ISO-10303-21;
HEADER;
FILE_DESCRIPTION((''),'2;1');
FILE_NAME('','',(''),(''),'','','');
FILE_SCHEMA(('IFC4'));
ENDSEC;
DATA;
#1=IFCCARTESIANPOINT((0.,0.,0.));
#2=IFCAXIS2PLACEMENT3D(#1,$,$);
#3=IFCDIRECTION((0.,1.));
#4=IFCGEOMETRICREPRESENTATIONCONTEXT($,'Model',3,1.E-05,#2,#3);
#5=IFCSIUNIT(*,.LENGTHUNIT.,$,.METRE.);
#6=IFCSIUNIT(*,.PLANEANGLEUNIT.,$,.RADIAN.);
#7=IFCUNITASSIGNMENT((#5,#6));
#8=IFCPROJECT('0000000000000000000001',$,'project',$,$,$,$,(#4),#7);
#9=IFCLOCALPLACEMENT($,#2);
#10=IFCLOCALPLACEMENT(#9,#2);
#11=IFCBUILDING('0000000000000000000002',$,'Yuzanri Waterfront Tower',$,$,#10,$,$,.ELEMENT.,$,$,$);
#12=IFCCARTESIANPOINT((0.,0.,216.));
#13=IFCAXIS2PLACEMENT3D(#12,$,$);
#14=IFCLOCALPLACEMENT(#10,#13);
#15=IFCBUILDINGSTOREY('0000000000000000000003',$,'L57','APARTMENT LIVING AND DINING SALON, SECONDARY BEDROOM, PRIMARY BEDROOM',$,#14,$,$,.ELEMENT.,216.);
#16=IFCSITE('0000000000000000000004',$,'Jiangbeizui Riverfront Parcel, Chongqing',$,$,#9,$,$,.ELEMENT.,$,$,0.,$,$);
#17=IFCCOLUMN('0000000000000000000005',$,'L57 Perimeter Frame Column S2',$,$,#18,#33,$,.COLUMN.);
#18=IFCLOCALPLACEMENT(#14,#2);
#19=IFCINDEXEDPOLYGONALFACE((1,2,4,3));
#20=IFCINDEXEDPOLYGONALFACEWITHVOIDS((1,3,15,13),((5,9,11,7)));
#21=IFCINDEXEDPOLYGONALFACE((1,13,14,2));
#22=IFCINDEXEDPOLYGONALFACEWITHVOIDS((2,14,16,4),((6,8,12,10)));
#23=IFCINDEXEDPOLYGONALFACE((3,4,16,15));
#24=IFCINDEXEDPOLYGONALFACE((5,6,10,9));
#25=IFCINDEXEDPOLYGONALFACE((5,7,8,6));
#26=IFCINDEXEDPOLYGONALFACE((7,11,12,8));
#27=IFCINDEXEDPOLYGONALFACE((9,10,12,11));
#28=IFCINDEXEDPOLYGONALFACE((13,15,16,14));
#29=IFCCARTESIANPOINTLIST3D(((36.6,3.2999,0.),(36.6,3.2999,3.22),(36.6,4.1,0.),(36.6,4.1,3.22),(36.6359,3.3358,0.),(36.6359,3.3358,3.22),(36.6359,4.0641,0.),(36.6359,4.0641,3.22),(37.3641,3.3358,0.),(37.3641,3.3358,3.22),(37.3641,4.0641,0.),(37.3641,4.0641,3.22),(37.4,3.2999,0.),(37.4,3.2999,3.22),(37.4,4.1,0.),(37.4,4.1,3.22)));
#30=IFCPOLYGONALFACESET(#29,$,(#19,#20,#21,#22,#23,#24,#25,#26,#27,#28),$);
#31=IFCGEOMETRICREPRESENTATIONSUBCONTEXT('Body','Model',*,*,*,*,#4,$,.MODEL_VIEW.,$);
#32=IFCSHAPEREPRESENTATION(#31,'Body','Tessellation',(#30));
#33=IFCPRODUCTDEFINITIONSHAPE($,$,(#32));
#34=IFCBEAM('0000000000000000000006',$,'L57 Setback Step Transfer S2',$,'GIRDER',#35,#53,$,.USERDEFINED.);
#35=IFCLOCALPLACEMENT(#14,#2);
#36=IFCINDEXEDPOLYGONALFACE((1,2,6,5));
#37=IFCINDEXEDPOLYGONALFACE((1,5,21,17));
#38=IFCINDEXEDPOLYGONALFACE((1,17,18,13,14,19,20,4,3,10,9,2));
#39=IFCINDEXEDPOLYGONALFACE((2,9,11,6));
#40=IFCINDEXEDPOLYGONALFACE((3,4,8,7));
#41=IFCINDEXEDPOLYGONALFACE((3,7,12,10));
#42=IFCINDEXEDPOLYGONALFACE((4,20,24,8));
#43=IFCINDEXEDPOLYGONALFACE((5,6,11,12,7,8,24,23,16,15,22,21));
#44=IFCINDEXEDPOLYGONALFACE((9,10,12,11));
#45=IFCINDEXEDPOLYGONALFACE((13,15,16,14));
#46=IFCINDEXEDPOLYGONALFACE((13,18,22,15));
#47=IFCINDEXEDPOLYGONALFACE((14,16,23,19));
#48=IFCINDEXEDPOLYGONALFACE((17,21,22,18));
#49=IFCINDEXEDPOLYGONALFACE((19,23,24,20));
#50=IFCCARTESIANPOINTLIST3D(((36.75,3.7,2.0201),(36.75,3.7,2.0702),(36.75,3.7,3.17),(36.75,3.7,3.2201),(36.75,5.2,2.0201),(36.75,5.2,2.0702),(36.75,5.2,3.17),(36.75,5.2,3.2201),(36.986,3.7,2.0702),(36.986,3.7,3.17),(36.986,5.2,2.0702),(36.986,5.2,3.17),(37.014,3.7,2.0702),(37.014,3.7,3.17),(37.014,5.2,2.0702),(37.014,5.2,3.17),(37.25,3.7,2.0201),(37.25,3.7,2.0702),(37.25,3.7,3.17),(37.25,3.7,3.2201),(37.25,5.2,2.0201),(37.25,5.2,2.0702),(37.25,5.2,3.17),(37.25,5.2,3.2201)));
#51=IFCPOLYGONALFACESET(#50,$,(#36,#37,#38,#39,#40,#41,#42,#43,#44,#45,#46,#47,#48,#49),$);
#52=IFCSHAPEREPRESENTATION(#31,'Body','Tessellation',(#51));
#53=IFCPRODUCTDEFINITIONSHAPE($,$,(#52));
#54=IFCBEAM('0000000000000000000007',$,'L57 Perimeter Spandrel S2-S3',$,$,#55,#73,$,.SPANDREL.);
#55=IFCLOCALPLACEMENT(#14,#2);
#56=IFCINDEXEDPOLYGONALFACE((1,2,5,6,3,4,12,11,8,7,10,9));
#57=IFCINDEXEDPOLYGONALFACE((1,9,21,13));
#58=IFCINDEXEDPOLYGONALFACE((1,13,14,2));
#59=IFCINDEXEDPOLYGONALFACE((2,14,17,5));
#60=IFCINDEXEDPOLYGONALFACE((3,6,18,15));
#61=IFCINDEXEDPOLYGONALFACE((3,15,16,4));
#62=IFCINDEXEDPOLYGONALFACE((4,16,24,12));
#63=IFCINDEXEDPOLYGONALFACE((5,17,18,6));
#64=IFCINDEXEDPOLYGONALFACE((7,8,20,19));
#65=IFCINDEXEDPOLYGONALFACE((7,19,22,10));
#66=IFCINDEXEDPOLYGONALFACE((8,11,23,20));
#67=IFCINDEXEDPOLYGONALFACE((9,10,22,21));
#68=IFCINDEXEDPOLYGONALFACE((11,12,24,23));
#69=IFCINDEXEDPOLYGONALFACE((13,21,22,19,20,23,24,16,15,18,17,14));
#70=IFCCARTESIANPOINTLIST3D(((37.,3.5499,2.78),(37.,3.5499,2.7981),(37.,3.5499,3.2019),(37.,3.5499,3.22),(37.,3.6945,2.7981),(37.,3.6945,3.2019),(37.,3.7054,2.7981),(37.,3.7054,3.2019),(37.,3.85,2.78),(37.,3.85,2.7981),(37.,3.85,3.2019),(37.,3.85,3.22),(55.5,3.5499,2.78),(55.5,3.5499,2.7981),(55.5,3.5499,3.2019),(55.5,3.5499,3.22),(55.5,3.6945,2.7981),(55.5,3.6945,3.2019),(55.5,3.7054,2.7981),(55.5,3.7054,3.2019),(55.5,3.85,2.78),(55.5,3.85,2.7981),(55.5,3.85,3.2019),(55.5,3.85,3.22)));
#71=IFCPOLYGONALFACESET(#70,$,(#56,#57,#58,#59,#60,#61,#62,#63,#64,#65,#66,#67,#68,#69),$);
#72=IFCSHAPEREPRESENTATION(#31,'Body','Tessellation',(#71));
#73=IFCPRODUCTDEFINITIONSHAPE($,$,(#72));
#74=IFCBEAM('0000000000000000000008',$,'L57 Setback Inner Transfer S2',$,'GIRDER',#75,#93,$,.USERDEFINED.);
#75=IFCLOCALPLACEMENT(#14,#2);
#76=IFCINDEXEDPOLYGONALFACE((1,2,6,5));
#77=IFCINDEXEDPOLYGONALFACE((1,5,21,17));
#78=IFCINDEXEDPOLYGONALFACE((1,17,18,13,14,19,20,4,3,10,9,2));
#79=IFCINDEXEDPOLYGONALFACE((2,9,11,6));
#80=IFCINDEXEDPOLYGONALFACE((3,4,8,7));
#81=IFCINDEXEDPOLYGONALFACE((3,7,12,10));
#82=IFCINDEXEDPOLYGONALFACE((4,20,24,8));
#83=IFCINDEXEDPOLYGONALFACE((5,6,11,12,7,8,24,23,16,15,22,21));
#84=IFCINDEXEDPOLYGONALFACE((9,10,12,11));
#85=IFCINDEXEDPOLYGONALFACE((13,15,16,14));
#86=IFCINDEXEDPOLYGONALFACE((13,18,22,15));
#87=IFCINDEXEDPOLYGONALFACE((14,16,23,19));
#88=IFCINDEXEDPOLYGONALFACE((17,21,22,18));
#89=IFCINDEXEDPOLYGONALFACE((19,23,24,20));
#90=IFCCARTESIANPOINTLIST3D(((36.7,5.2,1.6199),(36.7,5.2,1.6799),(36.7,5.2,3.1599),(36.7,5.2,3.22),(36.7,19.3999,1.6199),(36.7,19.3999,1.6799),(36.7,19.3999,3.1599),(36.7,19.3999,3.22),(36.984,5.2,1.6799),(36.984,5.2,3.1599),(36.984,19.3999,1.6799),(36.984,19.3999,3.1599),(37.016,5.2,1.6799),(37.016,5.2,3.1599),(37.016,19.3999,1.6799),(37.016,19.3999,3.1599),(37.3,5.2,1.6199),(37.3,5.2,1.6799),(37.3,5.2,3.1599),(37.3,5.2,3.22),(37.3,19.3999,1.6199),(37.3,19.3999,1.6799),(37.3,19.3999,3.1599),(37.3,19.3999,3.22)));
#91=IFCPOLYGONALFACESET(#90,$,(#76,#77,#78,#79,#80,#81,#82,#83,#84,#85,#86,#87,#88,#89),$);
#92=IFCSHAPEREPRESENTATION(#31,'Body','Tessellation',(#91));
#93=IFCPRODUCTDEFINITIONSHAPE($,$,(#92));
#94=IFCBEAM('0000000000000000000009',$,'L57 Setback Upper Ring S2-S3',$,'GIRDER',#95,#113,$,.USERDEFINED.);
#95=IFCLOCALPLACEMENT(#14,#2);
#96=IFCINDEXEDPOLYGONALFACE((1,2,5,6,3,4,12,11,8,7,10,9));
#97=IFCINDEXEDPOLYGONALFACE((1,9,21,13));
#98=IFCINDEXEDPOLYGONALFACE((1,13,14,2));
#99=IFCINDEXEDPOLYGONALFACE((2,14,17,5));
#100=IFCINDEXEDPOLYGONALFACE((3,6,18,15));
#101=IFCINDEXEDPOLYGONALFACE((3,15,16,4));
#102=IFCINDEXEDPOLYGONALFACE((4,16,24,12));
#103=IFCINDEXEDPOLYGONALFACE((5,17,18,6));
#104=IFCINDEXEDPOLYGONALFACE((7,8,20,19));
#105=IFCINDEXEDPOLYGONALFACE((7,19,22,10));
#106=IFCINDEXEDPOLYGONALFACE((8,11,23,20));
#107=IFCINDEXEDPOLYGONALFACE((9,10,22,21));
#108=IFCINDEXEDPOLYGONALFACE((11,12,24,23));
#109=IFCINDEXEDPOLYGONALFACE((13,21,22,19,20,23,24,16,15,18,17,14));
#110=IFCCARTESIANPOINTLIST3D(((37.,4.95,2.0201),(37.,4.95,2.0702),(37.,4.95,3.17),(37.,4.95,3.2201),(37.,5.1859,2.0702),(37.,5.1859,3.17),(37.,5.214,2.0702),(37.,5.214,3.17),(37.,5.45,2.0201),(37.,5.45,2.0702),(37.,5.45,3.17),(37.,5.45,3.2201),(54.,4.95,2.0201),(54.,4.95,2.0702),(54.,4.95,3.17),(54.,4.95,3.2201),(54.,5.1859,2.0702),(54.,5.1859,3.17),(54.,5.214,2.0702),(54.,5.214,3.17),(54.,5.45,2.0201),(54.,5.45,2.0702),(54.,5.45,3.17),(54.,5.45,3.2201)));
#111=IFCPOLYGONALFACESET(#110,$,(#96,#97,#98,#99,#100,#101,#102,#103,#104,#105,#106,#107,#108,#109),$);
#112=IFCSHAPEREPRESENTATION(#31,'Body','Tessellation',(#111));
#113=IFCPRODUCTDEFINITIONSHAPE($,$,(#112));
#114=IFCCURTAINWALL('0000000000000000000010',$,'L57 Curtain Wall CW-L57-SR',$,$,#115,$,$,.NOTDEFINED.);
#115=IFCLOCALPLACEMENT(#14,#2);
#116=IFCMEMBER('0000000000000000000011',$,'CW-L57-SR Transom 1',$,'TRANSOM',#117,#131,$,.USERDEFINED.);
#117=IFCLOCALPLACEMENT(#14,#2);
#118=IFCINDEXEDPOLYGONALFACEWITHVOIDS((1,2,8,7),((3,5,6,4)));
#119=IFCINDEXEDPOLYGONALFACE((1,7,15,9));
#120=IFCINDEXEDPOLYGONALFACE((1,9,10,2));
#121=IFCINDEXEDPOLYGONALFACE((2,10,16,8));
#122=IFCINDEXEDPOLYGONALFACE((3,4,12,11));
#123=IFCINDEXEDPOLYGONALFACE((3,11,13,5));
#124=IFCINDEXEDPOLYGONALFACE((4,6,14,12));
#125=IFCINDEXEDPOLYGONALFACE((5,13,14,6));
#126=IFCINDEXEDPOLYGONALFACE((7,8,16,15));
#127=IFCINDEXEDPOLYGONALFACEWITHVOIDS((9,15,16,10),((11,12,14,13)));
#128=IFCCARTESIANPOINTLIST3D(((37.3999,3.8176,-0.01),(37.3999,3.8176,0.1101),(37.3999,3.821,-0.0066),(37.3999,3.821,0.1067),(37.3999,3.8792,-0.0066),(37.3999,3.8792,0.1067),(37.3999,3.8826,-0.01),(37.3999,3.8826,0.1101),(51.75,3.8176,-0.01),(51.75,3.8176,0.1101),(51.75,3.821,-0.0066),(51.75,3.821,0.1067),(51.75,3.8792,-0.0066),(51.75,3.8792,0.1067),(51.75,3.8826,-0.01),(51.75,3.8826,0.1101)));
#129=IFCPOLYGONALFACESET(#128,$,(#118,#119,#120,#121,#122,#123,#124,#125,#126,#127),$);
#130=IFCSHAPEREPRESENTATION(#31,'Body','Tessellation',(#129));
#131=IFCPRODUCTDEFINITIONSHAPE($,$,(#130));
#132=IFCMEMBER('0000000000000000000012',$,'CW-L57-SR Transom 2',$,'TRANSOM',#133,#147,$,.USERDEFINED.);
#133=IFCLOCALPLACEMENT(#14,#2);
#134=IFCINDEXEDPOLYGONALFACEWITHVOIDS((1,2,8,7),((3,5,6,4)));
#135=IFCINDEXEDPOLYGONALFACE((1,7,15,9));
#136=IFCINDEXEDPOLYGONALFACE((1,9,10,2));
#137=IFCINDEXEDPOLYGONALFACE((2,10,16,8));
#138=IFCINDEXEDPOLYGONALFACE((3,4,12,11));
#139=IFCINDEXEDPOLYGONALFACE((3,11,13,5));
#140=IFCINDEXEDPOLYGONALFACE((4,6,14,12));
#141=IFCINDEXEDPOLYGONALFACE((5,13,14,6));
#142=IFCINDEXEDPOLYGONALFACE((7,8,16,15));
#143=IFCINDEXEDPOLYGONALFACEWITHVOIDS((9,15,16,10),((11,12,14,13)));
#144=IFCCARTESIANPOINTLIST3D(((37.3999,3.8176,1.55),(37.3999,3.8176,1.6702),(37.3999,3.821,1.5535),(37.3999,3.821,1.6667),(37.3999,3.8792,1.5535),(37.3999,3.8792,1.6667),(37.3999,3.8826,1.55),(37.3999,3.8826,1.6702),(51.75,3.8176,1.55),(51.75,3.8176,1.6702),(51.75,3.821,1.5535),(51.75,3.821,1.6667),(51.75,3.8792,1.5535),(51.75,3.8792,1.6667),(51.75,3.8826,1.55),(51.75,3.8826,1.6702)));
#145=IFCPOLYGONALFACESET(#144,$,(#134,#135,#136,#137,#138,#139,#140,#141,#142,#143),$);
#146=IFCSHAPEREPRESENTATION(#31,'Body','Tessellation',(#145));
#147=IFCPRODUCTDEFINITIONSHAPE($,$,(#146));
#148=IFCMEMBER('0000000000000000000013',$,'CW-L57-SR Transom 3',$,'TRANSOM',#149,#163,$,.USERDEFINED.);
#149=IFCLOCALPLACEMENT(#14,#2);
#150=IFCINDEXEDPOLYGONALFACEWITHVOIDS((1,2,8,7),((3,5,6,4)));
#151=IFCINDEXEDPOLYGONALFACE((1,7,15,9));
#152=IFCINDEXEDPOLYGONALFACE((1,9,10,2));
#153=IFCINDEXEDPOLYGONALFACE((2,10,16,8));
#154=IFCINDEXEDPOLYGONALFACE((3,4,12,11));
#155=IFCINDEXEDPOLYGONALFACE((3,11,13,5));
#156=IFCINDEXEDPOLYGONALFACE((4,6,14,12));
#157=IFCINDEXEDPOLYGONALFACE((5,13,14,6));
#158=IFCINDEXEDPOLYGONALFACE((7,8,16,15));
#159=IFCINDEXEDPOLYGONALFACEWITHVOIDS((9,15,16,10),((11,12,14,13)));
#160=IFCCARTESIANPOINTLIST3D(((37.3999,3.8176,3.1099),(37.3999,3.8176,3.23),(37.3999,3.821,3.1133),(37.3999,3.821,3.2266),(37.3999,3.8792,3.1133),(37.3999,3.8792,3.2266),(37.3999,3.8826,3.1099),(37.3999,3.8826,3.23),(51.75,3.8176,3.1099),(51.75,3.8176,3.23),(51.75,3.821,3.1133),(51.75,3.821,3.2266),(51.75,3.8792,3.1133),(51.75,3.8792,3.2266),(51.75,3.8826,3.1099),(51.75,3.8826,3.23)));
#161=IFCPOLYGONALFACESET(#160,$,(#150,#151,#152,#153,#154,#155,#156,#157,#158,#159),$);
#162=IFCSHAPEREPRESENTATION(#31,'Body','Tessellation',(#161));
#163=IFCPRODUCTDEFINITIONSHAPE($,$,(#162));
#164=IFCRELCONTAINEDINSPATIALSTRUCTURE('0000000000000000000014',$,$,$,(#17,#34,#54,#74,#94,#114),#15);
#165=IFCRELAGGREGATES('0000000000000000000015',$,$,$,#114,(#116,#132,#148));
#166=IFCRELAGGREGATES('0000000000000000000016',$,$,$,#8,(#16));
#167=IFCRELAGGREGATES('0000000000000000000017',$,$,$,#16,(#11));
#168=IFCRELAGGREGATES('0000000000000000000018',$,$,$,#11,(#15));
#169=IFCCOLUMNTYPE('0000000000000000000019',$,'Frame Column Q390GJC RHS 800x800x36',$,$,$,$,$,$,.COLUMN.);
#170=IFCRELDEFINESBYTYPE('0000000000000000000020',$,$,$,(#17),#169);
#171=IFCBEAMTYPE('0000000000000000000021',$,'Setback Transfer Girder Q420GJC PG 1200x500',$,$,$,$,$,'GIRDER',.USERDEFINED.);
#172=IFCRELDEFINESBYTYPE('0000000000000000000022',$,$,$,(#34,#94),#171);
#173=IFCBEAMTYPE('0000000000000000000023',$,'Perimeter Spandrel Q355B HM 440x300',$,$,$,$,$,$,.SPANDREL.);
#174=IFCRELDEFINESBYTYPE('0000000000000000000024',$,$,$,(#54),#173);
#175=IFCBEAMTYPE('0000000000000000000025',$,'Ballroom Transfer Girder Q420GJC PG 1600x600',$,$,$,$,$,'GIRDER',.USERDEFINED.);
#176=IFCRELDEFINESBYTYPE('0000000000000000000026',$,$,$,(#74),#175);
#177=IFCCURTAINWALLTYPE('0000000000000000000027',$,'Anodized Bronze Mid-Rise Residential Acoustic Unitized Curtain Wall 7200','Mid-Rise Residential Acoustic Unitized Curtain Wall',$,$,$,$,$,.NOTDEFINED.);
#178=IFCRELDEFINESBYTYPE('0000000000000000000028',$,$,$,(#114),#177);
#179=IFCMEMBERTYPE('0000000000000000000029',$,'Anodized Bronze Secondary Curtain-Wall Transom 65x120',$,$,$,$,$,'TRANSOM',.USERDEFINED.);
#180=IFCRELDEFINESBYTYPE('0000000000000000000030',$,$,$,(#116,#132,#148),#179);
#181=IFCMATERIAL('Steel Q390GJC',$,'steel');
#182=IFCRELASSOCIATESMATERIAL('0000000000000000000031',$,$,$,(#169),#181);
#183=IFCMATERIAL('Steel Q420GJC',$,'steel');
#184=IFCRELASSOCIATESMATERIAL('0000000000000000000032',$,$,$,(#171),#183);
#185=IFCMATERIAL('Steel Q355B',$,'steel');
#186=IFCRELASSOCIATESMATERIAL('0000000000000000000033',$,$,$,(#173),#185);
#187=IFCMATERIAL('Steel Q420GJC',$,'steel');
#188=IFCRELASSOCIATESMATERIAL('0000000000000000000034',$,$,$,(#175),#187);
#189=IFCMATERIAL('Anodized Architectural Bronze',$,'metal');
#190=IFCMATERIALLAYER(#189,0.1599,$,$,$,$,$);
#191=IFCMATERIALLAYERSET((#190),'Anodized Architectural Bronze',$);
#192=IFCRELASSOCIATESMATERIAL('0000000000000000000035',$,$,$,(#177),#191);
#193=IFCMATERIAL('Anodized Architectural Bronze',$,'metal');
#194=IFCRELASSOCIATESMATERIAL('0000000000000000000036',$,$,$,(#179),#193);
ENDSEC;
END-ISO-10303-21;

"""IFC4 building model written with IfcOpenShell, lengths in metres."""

from ifc_helpers import new_model, si_unit, direction, frame, origin, origin_2d, place, context, subcontext, project, spatial, hollow_rectangle, i_section, extrude, source, transform, mapped, material, layer, layer_set, material_profile, profile_set, type_object, element, aggregate, save


model = new_model("IFC4")

# Units and contexts
model_context = context("Model", 3, precision=1e-05, world=origin(), true_north=direction((0.0, 1.0)))
body_context = subcontext(model_context, "Body", "Model", "MODEL_VIEW")
ifc_project = project(units=[si_unit("LENGTHUNIT", "METRE"), si_unit("PLANEANGLEUNIT", "RADIAN")], contexts=[model_context])

# Site, building, storey
site_placement = place(None, origin())
site = spatial("IfcSite", under=ifc_project, at=site_placement, Name="Jiangbeizui Riverfront Parcel, Chongqing", CompositionType="ELEMENT", RefElevation=0.0)
building_placement = place(site_placement, origin())
building = spatial("IfcBuilding", under=site, at=building_placement, Name="Yuzanri Waterfront Tower", CompositionType="ELEMENT")
storey_placement = place(building_placement, frame((0.0, 0.0, 216.0)))
storey = spatial("IfcBuildingStorey", under=building, at=storey_placement, Name="L57", Description="APARTMENT LIVING AND DINING SALON, SECONDARY BEDROOM, PRIMARY BEDROOM", CompositionType="ELEMENT", Elevation=216.0)

# Column
ifc_material_1 = material(Name="Steel Q390GJC", Category="steel")
ifc_material_profile_1 = material_profile(ifc_material_1, hollow_rectangle(XDim=0.8, YDim=0.8, WallThickness=0.0359, at=origin_2d()), Name="RHS 800x800x36")
ifc_profile_set_1 = profile_set([ifc_material_profile_1], Name="Steel Q390GJC")
column_type = type_object("IfcColumnType", Name="Frame Column Q390GJC RHS 800x800x36", PredefinedType="COLUMN", material=ifc_profile_set_1)
shared_shape_1 = source(origin(), body_context, "Body", "SweptSolid", [
    extrude(hollow_rectangle(XDim=0.8, YDim=0.8, WallThickness=0.0359, at=origin_2d()), origin(), (0.0, 0.0, 1.0), 3.22),
])
column_placement = place(storey_placement, frame((37.0, 3.7, 0.0), z_axis=(0.0, 0.0, 1.0), x_axis=(1.0, 0.0, 0.0)))
element("IfcColumn", 1, at=column_placement, inside=storey, type_object=column_type, Name="L57 Perimeter Frame Column S2", PredefinedType="COLUMN", context=body_context, shape_type="MappedRepresentation", body=[
    mapped(shared_shape_1, transform((0.0, 0.0, 0.0), scale=1.0)),
])

# Beams
ifc_material_2 = material(Name="Steel Q420GJC", Category="steel")
ifc_material_profile_2 = material_profile(ifc_material_2, i_section(OverallWidth=0.5, OverallDepth=1.2, WebThickness=0.0281, FlangeThickness=0.05, at=origin_2d()), Name="PG 1200x500x28x50")
ifc_profile_set_2 = profile_set([ifc_material_profile_2], Name="Steel Q420GJC")
beam_type_1 = type_object("IfcBeamType", Name="Setback Transfer Girder Q420GJC PG 1200x500", ElementType="GIRDER", PredefinedType="USERDEFINED", material=ifc_profile_set_2)
shared_shape_2 = source(origin(), body_context, "Body", "SweptSolid", [
    extrude(i_section(OverallWidth=0.5, OverallDepth=1.2, WebThickness=0.0281, FlangeThickness=0.05, at=origin_2d()), origin(), (0.0, 0.0, 1.0), 1.5),
])
beam_1_placement = place(storey_placement, frame((37.0, 5.2, 2.6201), z_axis=(0.0, -1.0, 0.0), x_axis=(1.0, 0.0, 0.0)))
element("IfcBeam", 2, at=beam_1_placement, inside=storey, type_object=beam_type_1, Name="L57 Setback Step Transfer S2", ObjectType="GIRDER", PredefinedType="USERDEFINED", context=body_context, shape_type="MappedRepresentation", body=[
    mapped(shared_shape_2, transform((0.0, 0.0, 0.0), scale=1.0)),
])
ifc_material_3 = material(Name="Steel Q355B", Category="steel")
ifc_material_profile_3 = material_profile(ifc_material_3, i_section(OverallWidth=0.3, OverallDepth=0.4399, WebThickness=0.011, FlangeThickness=0.0181, at=origin_2d()), Name="HM 440x300x11x18")
ifc_profile_set_3 = profile_set([ifc_material_profile_3], Name="Steel Q355B")
beam_type_2 = type_object("IfcBeamType", Name="Perimeter Spandrel Q355B HM 440x300", PredefinedType="SPANDREL", material=ifc_profile_set_3)
shared_shape_3 = source(origin(), body_context, "Body", "SweptSolid", [
    extrude(i_section(OverallWidth=0.3, OverallDepth=0.4399, WebThickness=0.011, FlangeThickness=0.0181, at=origin_2d()), origin(), (0.0, 0.0, 1.0), 18.5),
])
beam_2_placement = place(storey_placement, frame((37.0, 3.7, 3.0), z_axis=(1.0, 0.0, 0.0), x_axis=(0.0, 1.0, 0.0)))
element("IfcBeam", 3, at=beam_2_placement, inside=storey, type_object=beam_type_2, Name="L57 Perimeter Spandrel S2-S3", PredefinedType="SPANDREL", context=body_context, shape_type="MappedRepresentation", body=[
    mapped(shared_shape_3, transform((0.0, 0.0, 0.0), scale=1.0)),
])
ifc_material_4 = material(Name="Steel Q420GJC", Category="steel")
ifc_material_profile_4 = material_profile(ifc_material_4, i_section(OverallWidth=0.6001, OverallDepth=1.6001, WebThickness=0.032, FlangeThickness=0.0601, at=origin_2d()), Name="PG 1600x600x32x60")
ifc_profile_set_4 = profile_set([ifc_material_profile_4], Name="Steel Q420GJC")
beam_type_3 = type_object("IfcBeamType", Name="Ballroom Transfer Girder Q420GJC PG 1600x600", ElementType="GIRDER", PredefinedType="USERDEFINED", material=ifc_profile_set_4)
shared_shape_4 = source(origin(), body_context, "Body", "SweptSolid", [
    extrude(i_section(OverallWidth=0.6001, OverallDepth=1.6001, WebThickness=0.032, FlangeThickness=0.0601, at=origin_2d()), origin(), (0.0, 0.0, 1.0), 14.2),
])
beam_3_placement = place(storey_placement, frame((37.0, 19.3999, 2.4199), z_axis=(0.0, -1.0, 0.0), x_axis=(1.0, 0.0, 0.0)))
element("IfcBeam", 4, at=beam_3_placement, inside=storey, type_object=beam_type_3, Name="L57 Setback Inner Transfer S2", ObjectType="GIRDER", PredefinedType="USERDEFINED", context=body_context, shape_type="MappedRepresentation", body=[
    mapped(shared_shape_4, transform((0.0, 0.0, 0.0), scale=1.0)),
])
shared_shape_5 = source(origin(), body_context, "Body", "SweptSolid", [
    extrude(i_section(OverallWidth=0.5, OverallDepth=1.2, WebThickness=0.0281, FlangeThickness=0.05, at=origin_2d()), origin(), (0.0, 0.0, 1.0), 17.0),
])
beam_4_placement = place(storey_placement, frame((37.0, 5.2, 2.6201), z_axis=(1.0, 0.0, 0.0), x_axis=(0.0, 1.0, 0.0)))
element("IfcBeam", 5, at=beam_4_placement, inside=storey, type_object=beam_type_1, Name="L57 Setback Upper Ring S2-S3", ObjectType="GIRDER", PredefinedType="USERDEFINED", context=body_context, shape_type="MappedRepresentation", body=[
    mapped(shared_shape_5, transform((0.0, 0.0, 0.0), scale=1.0)),
])

# Curtain wall, members
ifc_material_5 = material(Name="Anodized Architectural Bronze", Category="metal")
ifc_layer_1 = layer(ifc_material_5, 0.1599)
ifc_layer_set_1 = layer_set([ifc_layer_1], Name="Anodized Architectural Bronze")
curtain_wall_type = type_object("IfcCurtainWallType", Name="Anodized Bronze Mid-Rise Residential Acoustic Unitized Curtain Wall 7200", Description="Mid-Rise Residential Acoustic Unitized Curtain Wall", PredefinedType="NOTDEFINED", material=ifc_layer_set_1)
curtain_wall_placement = place(storey_placement, origin())
curtain_wall = element("IfcCurtainWall", 6, at=curtain_wall_placement, inside=storey, type_object=curtain_wall_type, Name="L57 Curtain Wall CW-L57-SR", PredefinedType="NOTDEFINED")
ifc_material_6 = material(Name="Anodized Architectural Bronze", Category="metal")
ifc_material_profile_5 = material_profile(ifc_material_6, hollow_rectangle(XDim=0.0649, YDim=0.1201, WallThickness=0.0034, at=origin_2d()), Name="CWT 65x120")
ifc_profile_set_5 = profile_set([ifc_material_profile_5], Name="Anodized Architectural Bronze")
member_type_1 = type_object("IfcMemberType", Name="Anodized Bronze Secondary Curtain-Wall Transom 65x120", ElementType="TRANSOM", PredefinedType="USERDEFINED", material=ifc_profile_set_5)
shared_shape_6 = source(origin(), body_context, "Body", "SweptSolid", [
    extrude(hollow_rectangle(XDim=0.0649, YDim=0.1201, WallThickness=0.0034, at=origin_2d()), origin(), (0.0, 0.0, 1.0), 14.3501),
])
member_1_placement = place(storey_placement, frame((37.3999, 3.8501, 0.05), z_axis=(1.0, 0.0, 0.0), x_axis=(0.0, 1.0, 0.0)))
member_1 = element("IfcMember", 7, at=member_1_placement, type_object=member_type_1, Name="CW-L57-SR Transom 1", ObjectType="TRANSOM", PredefinedType="USERDEFINED", context=body_context, shape_type="MappedRepresentation", body=[
    mapped(shared_shape_6, transform((0.0, 0.0, 0.0), scale=1.0)),
])
member_2_placement = place(storey_placement, frame((37.3999, 3.8501, 1.6101), z_axis=(1.0, 0.0, 0.0), x_axis=(0.0, 1.0, 0.0)))
member_2 = element("IfcMember", 8, at=member_2_placement, type_object=member_type_1, Name="CW-L57-SR Transom 2", ObjectType="TRANSOM", PredefinedType="USERDEFINED", context=body_context, shape_type="MappedRepresentation", body=[
    mapped(shared_shape_6, transform((0.0, 0.0, 0.0), scale=1.0)),
])
member_3_placement = place(storey_placement, frame((37.3999, 3.8501, 3.1699), z_axis=(1.0, 0.0, 0.0), x_axis=(0.0, 1.0, 0.0)))
member_3 = element("IfcMember", 9, at=member_3_placement, type_object=member_type_1, Name="CW-L57-SR Transom 3", ObjectType="TRANSOM", PredefinedType="USERDEFINED", context=body_context, shape_type="MappedRepresentation", body=[
    mapped(shared_shape_6, transform((0.0, 0.0, 0.0), scale=1.0)),
])

aggregate(curtain_wall, [member_1, member_2, member_3])

save(model, "model.ifc")
